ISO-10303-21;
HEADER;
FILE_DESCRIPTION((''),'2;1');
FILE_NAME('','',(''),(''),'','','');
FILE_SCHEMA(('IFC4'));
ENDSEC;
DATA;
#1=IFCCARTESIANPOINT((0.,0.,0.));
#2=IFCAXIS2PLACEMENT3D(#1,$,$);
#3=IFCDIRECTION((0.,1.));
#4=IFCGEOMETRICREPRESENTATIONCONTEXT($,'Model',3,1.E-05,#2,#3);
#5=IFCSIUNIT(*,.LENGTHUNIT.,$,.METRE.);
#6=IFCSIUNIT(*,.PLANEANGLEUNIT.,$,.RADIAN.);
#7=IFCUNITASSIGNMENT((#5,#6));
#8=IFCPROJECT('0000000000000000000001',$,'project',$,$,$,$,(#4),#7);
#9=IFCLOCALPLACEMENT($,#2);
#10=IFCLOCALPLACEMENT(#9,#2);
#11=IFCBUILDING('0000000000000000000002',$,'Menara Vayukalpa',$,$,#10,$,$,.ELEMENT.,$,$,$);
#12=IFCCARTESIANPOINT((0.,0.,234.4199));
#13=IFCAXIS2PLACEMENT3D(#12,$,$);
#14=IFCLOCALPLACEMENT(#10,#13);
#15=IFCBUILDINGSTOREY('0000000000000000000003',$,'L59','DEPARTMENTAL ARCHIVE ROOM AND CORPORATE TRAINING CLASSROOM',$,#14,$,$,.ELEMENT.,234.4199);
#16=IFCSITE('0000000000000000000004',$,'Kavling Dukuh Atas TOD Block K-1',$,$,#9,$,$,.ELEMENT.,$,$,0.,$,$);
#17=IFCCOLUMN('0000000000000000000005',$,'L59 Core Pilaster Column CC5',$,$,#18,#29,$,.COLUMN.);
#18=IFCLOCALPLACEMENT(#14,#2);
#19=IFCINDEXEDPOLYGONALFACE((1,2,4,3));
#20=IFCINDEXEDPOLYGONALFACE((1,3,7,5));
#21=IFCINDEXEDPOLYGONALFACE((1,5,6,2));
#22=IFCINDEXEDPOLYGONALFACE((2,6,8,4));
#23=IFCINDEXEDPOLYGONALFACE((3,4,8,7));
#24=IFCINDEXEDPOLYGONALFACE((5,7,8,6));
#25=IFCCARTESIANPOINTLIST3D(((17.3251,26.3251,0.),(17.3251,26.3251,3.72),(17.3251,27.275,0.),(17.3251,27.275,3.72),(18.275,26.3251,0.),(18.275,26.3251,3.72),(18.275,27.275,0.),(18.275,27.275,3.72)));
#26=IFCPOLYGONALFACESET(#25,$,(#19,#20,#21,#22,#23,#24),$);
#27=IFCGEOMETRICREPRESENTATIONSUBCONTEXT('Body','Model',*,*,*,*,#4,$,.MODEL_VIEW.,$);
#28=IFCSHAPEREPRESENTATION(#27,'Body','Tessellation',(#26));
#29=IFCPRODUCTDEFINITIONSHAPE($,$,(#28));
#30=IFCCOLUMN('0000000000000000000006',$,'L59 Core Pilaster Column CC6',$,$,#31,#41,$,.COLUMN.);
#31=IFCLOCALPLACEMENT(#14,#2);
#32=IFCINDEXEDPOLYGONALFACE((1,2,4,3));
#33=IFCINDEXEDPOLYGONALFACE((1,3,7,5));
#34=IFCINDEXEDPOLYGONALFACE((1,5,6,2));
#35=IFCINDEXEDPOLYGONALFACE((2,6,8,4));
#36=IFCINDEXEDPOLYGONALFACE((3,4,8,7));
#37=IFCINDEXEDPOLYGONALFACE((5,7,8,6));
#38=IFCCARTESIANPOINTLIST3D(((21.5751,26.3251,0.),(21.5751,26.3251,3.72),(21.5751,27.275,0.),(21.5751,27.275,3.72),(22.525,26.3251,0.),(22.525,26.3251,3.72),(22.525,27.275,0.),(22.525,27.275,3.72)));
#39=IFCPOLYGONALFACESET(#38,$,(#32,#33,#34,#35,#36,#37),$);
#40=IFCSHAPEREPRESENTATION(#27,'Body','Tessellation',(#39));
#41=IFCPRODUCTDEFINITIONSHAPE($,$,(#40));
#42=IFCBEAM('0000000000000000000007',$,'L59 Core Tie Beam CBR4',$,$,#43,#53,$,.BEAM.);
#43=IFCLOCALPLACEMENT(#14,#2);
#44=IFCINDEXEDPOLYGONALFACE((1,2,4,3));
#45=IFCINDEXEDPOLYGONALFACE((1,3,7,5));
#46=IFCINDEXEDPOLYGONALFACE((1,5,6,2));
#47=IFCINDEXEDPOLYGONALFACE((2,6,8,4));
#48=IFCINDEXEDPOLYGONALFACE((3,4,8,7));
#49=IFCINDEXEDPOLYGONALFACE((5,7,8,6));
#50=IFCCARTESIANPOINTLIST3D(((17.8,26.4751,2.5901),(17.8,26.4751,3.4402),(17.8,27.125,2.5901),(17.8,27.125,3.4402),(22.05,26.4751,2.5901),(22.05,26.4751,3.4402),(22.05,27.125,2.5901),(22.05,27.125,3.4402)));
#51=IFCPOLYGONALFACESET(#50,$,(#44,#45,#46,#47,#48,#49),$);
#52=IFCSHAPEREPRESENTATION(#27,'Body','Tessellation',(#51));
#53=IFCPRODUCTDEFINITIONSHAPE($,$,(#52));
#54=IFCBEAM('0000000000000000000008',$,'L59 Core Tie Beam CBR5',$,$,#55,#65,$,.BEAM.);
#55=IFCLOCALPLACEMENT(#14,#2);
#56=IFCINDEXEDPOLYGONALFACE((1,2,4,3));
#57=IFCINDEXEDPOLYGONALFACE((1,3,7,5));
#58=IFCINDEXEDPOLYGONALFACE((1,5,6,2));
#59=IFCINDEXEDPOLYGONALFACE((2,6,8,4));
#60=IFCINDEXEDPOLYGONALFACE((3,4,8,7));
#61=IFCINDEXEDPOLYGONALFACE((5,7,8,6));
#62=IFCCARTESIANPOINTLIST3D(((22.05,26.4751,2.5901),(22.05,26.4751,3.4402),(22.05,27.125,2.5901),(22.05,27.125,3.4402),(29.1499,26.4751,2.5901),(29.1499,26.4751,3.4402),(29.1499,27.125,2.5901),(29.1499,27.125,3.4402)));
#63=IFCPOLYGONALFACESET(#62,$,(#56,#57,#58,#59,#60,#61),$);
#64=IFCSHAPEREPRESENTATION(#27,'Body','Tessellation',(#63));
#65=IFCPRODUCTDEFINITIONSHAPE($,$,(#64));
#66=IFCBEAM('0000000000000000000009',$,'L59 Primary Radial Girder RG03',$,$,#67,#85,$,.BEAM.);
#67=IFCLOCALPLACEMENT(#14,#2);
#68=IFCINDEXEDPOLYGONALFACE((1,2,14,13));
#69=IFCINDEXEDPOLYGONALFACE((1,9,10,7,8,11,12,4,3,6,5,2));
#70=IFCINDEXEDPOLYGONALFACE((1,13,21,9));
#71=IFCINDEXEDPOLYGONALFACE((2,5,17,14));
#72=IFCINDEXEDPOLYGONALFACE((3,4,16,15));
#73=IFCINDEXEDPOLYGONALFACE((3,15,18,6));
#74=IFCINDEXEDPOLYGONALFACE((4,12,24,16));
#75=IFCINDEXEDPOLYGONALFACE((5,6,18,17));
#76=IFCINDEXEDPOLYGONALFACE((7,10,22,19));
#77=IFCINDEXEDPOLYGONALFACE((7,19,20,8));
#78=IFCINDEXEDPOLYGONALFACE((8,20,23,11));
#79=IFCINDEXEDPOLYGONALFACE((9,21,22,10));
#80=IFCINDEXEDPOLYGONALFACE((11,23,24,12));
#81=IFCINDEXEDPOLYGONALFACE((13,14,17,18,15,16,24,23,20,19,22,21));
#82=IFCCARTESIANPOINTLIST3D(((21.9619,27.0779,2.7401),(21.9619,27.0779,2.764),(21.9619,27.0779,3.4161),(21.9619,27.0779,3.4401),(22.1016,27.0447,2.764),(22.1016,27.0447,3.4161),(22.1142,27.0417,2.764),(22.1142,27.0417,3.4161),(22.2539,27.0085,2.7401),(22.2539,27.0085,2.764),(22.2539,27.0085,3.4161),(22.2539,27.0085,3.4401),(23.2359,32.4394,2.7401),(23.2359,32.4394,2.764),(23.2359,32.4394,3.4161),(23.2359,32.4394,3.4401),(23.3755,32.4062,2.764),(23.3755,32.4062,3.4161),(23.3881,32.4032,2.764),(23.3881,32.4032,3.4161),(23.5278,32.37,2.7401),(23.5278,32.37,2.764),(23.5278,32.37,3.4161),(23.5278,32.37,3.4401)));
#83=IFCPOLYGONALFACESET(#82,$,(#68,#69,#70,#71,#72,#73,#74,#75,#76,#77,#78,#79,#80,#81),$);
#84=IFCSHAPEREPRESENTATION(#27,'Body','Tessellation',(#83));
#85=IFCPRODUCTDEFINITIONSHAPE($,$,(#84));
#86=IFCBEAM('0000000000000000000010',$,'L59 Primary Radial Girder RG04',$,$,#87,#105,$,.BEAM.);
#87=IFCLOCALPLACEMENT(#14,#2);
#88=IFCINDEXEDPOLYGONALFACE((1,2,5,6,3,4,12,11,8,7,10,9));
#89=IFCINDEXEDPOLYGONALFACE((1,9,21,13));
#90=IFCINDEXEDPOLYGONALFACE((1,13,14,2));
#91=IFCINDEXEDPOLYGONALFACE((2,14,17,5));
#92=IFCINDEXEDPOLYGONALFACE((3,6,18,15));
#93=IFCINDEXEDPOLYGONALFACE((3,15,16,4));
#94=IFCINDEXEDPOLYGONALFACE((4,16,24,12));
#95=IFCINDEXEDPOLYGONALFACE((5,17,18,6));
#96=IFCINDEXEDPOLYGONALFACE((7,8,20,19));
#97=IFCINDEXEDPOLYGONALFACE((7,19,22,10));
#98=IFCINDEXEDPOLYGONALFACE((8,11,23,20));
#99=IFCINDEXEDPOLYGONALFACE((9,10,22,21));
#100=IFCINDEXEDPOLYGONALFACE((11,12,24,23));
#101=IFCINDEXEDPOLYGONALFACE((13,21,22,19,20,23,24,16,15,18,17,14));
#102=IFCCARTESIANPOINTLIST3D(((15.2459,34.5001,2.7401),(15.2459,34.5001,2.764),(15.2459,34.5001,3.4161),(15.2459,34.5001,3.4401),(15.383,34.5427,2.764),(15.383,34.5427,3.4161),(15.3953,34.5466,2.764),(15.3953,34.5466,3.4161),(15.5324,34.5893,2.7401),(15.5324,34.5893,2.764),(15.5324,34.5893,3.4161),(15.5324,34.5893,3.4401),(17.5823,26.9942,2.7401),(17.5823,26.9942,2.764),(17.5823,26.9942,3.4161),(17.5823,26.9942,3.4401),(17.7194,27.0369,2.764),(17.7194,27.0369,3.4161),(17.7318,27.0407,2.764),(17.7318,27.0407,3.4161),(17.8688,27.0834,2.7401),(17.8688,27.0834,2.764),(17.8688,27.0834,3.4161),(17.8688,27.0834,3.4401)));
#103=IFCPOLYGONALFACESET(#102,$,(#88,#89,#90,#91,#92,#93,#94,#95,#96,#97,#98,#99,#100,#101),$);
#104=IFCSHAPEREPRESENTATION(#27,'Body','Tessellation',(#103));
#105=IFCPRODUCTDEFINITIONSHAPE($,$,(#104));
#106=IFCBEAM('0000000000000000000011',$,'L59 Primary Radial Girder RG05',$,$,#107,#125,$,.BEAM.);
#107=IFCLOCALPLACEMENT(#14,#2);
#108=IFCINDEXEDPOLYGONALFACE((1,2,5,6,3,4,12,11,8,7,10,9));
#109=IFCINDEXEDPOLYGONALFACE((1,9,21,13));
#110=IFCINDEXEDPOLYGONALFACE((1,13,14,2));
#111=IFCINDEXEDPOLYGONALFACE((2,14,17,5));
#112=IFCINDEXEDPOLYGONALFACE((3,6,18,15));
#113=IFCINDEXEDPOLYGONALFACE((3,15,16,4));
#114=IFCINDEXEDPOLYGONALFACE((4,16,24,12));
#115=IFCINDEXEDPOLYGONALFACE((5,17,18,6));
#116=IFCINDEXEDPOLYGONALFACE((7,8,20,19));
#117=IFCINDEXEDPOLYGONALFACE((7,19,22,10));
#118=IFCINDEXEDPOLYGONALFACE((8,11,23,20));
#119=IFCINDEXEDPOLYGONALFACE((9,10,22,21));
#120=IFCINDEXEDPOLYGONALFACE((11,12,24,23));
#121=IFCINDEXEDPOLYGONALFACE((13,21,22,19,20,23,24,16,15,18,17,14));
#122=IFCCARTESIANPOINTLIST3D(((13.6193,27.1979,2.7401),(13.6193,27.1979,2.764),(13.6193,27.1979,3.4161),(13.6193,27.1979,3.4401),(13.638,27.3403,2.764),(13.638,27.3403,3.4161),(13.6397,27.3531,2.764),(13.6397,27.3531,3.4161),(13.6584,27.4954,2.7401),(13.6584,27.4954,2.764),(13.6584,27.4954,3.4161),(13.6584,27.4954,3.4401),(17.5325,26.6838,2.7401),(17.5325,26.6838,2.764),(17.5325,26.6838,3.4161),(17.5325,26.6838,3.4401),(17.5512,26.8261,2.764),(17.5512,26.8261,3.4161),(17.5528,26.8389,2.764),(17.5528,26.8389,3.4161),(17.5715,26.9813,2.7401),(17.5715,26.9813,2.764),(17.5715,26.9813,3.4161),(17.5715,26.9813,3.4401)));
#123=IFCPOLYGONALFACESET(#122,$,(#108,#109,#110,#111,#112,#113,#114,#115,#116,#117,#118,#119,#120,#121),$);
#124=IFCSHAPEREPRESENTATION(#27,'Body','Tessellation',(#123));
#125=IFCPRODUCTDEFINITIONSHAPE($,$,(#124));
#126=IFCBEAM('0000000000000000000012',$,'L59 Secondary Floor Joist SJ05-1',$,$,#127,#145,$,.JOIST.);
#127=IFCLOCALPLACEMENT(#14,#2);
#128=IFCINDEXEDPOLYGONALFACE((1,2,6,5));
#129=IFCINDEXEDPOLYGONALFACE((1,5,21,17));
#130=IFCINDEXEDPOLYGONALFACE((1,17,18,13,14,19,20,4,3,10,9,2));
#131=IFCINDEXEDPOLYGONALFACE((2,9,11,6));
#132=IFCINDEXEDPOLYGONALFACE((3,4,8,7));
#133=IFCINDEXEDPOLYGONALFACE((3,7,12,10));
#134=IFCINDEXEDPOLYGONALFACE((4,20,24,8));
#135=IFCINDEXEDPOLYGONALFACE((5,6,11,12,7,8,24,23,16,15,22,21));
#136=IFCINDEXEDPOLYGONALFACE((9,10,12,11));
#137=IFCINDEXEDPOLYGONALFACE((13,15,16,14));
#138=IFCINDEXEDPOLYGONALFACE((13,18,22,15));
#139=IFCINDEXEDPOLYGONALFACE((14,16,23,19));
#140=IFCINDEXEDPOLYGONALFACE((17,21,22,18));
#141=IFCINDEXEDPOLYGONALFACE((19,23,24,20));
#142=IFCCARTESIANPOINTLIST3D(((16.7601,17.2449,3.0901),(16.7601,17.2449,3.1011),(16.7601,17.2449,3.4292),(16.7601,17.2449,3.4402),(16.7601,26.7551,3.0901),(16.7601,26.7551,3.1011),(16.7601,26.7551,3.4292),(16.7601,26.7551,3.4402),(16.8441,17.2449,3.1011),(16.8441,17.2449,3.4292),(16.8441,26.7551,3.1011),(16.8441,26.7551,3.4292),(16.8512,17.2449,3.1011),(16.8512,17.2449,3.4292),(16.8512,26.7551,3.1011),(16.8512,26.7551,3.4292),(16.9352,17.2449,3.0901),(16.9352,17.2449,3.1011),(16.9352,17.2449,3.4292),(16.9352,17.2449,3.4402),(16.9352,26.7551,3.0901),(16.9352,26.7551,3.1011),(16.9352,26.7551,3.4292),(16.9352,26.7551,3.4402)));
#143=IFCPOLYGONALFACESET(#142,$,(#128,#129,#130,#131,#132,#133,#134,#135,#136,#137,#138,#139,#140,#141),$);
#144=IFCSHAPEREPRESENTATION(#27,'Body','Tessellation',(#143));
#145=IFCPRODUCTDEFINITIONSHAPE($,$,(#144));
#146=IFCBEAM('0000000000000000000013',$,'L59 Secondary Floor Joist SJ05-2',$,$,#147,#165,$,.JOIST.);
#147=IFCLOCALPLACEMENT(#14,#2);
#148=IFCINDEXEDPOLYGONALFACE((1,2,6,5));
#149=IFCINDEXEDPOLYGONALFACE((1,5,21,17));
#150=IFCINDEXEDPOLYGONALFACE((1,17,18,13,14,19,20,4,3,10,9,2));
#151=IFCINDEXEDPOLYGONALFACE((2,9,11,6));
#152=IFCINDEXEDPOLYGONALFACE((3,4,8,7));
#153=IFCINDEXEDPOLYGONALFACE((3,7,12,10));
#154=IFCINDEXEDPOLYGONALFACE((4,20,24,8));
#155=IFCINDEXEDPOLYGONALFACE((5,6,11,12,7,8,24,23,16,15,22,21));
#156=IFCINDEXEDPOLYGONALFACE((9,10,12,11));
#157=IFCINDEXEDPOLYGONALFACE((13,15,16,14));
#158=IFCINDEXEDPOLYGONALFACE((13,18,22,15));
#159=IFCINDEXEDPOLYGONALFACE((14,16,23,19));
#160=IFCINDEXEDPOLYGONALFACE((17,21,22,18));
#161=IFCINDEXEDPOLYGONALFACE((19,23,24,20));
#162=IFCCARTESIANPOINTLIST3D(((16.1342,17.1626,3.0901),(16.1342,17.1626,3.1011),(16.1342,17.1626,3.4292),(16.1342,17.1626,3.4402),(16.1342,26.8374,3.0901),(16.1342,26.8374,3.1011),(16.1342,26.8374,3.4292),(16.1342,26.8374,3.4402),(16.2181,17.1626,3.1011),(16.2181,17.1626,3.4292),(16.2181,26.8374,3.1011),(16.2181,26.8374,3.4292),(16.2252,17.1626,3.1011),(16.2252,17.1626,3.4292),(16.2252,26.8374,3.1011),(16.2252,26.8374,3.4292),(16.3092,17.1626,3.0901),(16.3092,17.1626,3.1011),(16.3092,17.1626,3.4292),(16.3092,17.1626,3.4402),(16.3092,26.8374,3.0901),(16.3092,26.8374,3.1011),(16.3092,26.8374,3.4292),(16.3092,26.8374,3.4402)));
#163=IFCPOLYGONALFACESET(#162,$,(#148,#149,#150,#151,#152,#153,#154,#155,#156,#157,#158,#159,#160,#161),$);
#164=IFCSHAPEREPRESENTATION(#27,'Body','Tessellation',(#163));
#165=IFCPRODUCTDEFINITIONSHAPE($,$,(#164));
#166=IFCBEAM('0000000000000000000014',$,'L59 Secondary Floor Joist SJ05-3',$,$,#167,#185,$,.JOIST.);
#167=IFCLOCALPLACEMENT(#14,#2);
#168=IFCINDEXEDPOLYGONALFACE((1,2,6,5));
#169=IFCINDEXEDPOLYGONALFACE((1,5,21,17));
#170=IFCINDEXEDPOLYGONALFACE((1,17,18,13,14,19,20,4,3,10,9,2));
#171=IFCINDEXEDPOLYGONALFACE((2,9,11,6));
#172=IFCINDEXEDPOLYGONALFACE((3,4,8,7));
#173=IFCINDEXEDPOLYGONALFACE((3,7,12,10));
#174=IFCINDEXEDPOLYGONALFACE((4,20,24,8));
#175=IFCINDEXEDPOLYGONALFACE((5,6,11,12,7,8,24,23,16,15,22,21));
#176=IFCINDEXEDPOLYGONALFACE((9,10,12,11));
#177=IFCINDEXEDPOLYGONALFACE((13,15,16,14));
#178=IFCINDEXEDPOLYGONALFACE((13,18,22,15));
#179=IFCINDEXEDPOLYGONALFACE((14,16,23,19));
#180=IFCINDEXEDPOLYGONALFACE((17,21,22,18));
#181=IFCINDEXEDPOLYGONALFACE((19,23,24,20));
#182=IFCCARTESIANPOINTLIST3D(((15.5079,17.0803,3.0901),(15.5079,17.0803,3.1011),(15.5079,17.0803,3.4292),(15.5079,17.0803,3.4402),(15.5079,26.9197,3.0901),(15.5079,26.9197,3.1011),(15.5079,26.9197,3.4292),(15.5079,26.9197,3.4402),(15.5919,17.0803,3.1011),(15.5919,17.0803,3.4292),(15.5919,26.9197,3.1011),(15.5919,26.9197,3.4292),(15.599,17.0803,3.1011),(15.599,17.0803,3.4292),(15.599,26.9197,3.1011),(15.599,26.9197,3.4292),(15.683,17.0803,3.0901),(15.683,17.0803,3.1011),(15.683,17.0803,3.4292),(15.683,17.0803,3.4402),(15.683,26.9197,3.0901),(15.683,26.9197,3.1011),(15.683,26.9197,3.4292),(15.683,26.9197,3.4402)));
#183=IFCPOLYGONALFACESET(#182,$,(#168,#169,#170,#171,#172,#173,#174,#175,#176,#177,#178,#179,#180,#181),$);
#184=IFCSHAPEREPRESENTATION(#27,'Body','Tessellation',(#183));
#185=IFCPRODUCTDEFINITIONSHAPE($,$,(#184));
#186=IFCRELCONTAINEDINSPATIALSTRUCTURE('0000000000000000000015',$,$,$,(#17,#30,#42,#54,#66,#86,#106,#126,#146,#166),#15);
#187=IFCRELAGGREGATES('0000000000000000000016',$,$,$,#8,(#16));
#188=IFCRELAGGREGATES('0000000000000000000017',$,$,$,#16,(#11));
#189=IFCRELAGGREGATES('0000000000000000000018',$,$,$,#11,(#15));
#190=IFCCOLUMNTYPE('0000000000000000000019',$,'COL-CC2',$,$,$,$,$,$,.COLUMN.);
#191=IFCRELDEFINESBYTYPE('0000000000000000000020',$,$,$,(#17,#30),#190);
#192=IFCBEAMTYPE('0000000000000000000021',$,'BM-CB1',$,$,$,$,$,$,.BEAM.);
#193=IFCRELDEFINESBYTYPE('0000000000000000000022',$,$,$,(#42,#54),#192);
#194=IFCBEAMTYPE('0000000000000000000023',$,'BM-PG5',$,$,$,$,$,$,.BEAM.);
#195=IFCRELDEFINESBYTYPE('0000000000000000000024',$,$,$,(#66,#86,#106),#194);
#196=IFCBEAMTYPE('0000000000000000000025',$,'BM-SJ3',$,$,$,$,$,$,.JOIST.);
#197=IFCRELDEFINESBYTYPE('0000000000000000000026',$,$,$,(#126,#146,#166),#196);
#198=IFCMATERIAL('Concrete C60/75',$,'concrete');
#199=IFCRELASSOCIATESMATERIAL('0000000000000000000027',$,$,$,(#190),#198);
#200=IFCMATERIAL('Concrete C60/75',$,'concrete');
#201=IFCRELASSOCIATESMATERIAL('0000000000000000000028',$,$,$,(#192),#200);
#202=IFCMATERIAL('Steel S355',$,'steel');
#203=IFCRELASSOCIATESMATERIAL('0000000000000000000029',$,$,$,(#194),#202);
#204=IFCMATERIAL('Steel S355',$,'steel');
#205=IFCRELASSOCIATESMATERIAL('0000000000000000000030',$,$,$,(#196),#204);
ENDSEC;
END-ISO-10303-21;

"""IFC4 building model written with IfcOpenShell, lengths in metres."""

from ifc_helpers import new_model, si_unit, direction, frame, origin, origin_2d, place, context, subcontext, project, spatial, rectangle, i_section, extrude, material, material_profile, profile_set, type_object, element, save


model = new_model("IFC4")

# Units and contexts
model_context = context("Model", 3, precision=1e-05, world=origin(), true_north=direction((0.0, 1.0)))
body_context = subcontext(model_context, "Body", "Model", "MODEL_VIEW")
ifc_project = project(units=[si_unit("LENGTHUNIT", "METRE"), si_unit("PLANEANGLEUNIT", "RADIAN")], contexts=[model_context])

# Site, building, storey
site_placement = place(None, origin())
site = spatial("IfcSite", under=ifc_project, at=site_placement, Name="Kavling Dukuh Atas TOD Block K-1", CompositionType="ELEMENT", RefElevation=0.0)
building_placement = place(site_placement, origin())
building = spatial("IfcBuilding", under=site, at=building_placement, Name="Menara Vayukalpa", CompositionType="ELEMENT")
storey_placement = place(building_placement, frame((0.0, 0.0, 234.4199)))
storey = spatial("IfcBuildingStorey", under=building, at=storey_placement, Name="L59", Description="DEPARTMENTAL ARCHIVE ROOM AND CORPORATE TRAINING CLASSROOM", CompositionType="ELEMENT", Elevation=234.4199)

# Columns
ifc_material_1 = material(Name="Concrete C60/75", Category="concrete")
ifc_material_profile_1 = material_profile(ifc_material_1, rectangle(XDim=0.95, YDim=0.95, at=origin_2d()), Name="RC 950x950")
ifc_profile_set_1 = profile_set([ifc_material_profile_1], Name="Concrete C60/75")
column_type = type_object("IfcColumnType", Name="COL-CC2", PredefinedType="COLUMN", material=ifc_profile_set_1)
for number, where, z_axis, x_axis, name in (
    (1, (17.8, 26.8, 0.0), (0.0, 0.0, 1.0), (1.0, 0.0, 0.0), "L59 Core Pilaster Column CC5"),
    (2, (22.05, 26.8, 0.0), (0.0, 0.0, 1.0), (1.0, 0.0, 0.0), "L59 Core Pilaster Column CC6"),
):
    element("IfcColumn", number, at=place(storey_placement, frame(where, z_axis=z_axis, x_axis=x_axis)), inside=storey, type_object=column_type, Name=name, PredefinedType="COLUMN", context=body_context, shape_type="SweptSolid", body=[
        extrude(rectangle(XDim=0.95, YDim=0.95, at=origin_2d()), origin(), (0.0, 0.0, 1.0), 3.72),
    ])

# Beams
ifc_material_2 = material(Name="Concrete C60/75", Category="concrete")
ifc_material_profile_2 = material_profile(ifc_material_2, rectangle(XDim=0.6499, YDim=0.8501, at=origin_2d()), Name="RC 650x850")
ifc_profile_set_2 = profile_set([ifc_material_profile_2], Name="Concrete C60/75")
beam_type_1 = type_object("IfcBeamType", Name="BM-CB1", PredefinedType="BEAM", material=ifc_profile_set_2)
beam_1_placement = place(storey_placement, frame((17.8, 26.8, 3.0151), z_axis=(1.0, 0.0, 0.0), x_axis=(0.0, 1.0, 0.0)))
element("IfcBeam", 3, at=beam_1_placement, inside=storey, type_object=beam_type_1, Name="L59 Core Tie Beam CBR4", PredefinedType="BEAM", context=body_context, shape_type="SweptSolid", body=[
    extrude(rectangle(XDim=0.6499, YDim=0.8501, at=origin_2d()), origin(), (0.0, 0.0, 1.0), 4.25),
])
beam_2_placement = place(storey_placement, frame((22.05, 26.8, 3.0151), z_axis=(1.0, 0.0, 0.0), x_axis=(0.0, 1.0, 0.0)))
element("IfcBeam", 4, at=beam_2_placement, inside=storey, type_object=beam_type_1, Name="L59 Core Tie Beam CBR5", PredefinedType="BEAM", context=body_context, shape_type="SweptSolid", body=[
    extrude(rectangle(XDim=0.6499, YDim=0.8501, at=origin_2d()), origin(), (0.0, 0.0, 1.0), 7.0999),
])
ifc_material_3 = material(Name="Steel S355", Category="steel")
ifc_material_profile_3 = material_profile(ifc_material_3, i_section(OverallWidth=0.3, OverallDepth=0.7, WebThickness=0.0129, FlangeThickness=0.0239, at=origin_2d()), Name="WF 700x300x13x24")
ifc_profile_set_3 = profile_set([ifc_material_profile_3], Name="Steel S355")
beam_type_2 = type_object("IfcBeamType", Name="BM-PG5", PredefinedType="BEAM", material=ifc_profile_set_3)
beam_3_placement = place(storey_placement, frame((22.1079, 27.0432, 3.0901), z_axis=(0.231167, 0.972914, 0.0), x_axis=(-0.972914, 0.231167, 0.0)))
element("IfcBeam", 5, at=beam_3_placement, inside=storey, type_object=beam_type_2, Name="L59 Primary Radial Girder RG03", PredefinedType="BEAM", context=body_context, shape_type="SweptSolid", body=[
    extrude(i_section(OverallWidth=0.3, OverallDepth=0.7, WebThickness=0.0129, FlangeThickness=0.0239, at=origin_2d()), origin(), (0.0, 0.0, 1.0), 5.5107),
])
beam_4_placement = place(storey_placement, frame((17.7256, 27.0388, 3.0901), z_axis=(-0.297214, 0.954811, 0.0), x_axis=(-0.954811, -0.297214, 0.0)))
element("IfcBeam", 6, at=beam_4_placement, inside=storey, type_object=beam_type_2, Name="L59 Primary Radial Girder RG04", PredefinedType="BEAM", context=body_context, shape_type="SweptSolid", body=[
    extrude(i_section(OverallWidth=0.3, OverallDepth=0.7, WebThickness=0.0129, FlangeThickness=0.0239, at=origin_2d()), origin(), (0.0, 0.0, 1.0), 7.8611),
])
beam_5_placement = place(storey_placement, frame((17.552, 26.8325, 3.0901), z_axis=(-0.991478, 0.130275, 0.0), x_axis=(-0.130275, -0.991478, 0.0)))
element("IfcBeam", 7, at=beam_5_placement, inside=storey, type_object=beam_type_2, Name="L59 Primary Radial Girder RG05", PredefinedType="BEAM", context=body_context, shape_type="SweptSolid", body=[
    extrude(i_section(OverallWidth=0.3, OverallDepth=0.7, WebThickness=0.0129, FlangeThickness=0.0239, at=origin_2d()), origin(), (0.0, 0.0, 1.0), 3.9468),
])
ifc_material_4 = material(Name="Steel S355", Category="steel")
ifc_material_profile_4 = material_profile(ifc_material_4, i_section(OverallWidth=0.175, OverallDepth=0.3501, WebThickness=0.0071, FlangeThickness=0.011, at=origin_2d()), Name="WF 350x175x7x11")
ifc_profile_set_4 = profile_set([ifc_material_profile_4], Name="Steel S355")
beam_type_3 = type_object("IfcBeamType", Name="BM-SJ3", PredefinedType="JOIST", material=ifc_profile_set_4)
beam_6_placement = place(storey_placement, frame((16.8477, 26.7551, 3.2651), z_axis=(0.0, -1.0, 0.0), x_axis=(1.0, 0.0, 0.0)))
element("IfcBeam", 8, at=beam_6_placement, inside=storey, type_object=beam_type_3, Name="L59 Secondary Floor Joist SJ05-1", PredefinedType="JOIST", context=body_context, shape_type="SweptSolid", body=[
    extrude(i_section(OverallWidth=0.175, OverallDepth=0.3501, WebThickness=0.0071, FlangeThickness=0.011, at=origin_2d()), origin(), (0.0, 0.0, 1.0), 9.5103),
])
beam_7_placement = place(storey_placement, frame((16.2217, 26.8374, 3.2651), z_axis=(0.0, -1.0, 0.0), x_axis=(1.0, 0.0, 0.0)))
element("IfcBeam", 9, at=beam_7_placement, inside=storey, type_object=beam_type_3, Name="L59 Secondary Floor Joist SJ05-2", PredefinedType="JOIST", context=body_context, shape_type="SweptSolid", body=[
    extrude(i_section(OverallWidth=0.175, OverallDepth=0.3501, WebThickness=0.0071, FlangeThickness=0.011, at=origin_2d()), origin(), (0.0, 0.0, 1.0), 9.6748),
])
beam_8_placement = place(storey_placement, frame((15.5955, 26.9197, 3.2651), z_axis=(0.0, -1.0, 0.0), x_axis=(1.0, 0.0, 0.0)))
element("IfcBeam", 10, at=beam_8_placement, inside=storey, type_object=beam_type_3, Name="L59 Secondary Floor Joist SJ05-3", PredefinedType="JOIST", context=body_context, shape_type="SweptSolid", body=[
    extrude(i_section(OverallWidth=0.175, OverallDepth=0.3501, WebThickness=0.0071, FlangeThickness=0.011, at=origin_2d()), origin(), (0.0, 0.0, 1.0), 9.8394),
])

save(model, "model.ifc")
